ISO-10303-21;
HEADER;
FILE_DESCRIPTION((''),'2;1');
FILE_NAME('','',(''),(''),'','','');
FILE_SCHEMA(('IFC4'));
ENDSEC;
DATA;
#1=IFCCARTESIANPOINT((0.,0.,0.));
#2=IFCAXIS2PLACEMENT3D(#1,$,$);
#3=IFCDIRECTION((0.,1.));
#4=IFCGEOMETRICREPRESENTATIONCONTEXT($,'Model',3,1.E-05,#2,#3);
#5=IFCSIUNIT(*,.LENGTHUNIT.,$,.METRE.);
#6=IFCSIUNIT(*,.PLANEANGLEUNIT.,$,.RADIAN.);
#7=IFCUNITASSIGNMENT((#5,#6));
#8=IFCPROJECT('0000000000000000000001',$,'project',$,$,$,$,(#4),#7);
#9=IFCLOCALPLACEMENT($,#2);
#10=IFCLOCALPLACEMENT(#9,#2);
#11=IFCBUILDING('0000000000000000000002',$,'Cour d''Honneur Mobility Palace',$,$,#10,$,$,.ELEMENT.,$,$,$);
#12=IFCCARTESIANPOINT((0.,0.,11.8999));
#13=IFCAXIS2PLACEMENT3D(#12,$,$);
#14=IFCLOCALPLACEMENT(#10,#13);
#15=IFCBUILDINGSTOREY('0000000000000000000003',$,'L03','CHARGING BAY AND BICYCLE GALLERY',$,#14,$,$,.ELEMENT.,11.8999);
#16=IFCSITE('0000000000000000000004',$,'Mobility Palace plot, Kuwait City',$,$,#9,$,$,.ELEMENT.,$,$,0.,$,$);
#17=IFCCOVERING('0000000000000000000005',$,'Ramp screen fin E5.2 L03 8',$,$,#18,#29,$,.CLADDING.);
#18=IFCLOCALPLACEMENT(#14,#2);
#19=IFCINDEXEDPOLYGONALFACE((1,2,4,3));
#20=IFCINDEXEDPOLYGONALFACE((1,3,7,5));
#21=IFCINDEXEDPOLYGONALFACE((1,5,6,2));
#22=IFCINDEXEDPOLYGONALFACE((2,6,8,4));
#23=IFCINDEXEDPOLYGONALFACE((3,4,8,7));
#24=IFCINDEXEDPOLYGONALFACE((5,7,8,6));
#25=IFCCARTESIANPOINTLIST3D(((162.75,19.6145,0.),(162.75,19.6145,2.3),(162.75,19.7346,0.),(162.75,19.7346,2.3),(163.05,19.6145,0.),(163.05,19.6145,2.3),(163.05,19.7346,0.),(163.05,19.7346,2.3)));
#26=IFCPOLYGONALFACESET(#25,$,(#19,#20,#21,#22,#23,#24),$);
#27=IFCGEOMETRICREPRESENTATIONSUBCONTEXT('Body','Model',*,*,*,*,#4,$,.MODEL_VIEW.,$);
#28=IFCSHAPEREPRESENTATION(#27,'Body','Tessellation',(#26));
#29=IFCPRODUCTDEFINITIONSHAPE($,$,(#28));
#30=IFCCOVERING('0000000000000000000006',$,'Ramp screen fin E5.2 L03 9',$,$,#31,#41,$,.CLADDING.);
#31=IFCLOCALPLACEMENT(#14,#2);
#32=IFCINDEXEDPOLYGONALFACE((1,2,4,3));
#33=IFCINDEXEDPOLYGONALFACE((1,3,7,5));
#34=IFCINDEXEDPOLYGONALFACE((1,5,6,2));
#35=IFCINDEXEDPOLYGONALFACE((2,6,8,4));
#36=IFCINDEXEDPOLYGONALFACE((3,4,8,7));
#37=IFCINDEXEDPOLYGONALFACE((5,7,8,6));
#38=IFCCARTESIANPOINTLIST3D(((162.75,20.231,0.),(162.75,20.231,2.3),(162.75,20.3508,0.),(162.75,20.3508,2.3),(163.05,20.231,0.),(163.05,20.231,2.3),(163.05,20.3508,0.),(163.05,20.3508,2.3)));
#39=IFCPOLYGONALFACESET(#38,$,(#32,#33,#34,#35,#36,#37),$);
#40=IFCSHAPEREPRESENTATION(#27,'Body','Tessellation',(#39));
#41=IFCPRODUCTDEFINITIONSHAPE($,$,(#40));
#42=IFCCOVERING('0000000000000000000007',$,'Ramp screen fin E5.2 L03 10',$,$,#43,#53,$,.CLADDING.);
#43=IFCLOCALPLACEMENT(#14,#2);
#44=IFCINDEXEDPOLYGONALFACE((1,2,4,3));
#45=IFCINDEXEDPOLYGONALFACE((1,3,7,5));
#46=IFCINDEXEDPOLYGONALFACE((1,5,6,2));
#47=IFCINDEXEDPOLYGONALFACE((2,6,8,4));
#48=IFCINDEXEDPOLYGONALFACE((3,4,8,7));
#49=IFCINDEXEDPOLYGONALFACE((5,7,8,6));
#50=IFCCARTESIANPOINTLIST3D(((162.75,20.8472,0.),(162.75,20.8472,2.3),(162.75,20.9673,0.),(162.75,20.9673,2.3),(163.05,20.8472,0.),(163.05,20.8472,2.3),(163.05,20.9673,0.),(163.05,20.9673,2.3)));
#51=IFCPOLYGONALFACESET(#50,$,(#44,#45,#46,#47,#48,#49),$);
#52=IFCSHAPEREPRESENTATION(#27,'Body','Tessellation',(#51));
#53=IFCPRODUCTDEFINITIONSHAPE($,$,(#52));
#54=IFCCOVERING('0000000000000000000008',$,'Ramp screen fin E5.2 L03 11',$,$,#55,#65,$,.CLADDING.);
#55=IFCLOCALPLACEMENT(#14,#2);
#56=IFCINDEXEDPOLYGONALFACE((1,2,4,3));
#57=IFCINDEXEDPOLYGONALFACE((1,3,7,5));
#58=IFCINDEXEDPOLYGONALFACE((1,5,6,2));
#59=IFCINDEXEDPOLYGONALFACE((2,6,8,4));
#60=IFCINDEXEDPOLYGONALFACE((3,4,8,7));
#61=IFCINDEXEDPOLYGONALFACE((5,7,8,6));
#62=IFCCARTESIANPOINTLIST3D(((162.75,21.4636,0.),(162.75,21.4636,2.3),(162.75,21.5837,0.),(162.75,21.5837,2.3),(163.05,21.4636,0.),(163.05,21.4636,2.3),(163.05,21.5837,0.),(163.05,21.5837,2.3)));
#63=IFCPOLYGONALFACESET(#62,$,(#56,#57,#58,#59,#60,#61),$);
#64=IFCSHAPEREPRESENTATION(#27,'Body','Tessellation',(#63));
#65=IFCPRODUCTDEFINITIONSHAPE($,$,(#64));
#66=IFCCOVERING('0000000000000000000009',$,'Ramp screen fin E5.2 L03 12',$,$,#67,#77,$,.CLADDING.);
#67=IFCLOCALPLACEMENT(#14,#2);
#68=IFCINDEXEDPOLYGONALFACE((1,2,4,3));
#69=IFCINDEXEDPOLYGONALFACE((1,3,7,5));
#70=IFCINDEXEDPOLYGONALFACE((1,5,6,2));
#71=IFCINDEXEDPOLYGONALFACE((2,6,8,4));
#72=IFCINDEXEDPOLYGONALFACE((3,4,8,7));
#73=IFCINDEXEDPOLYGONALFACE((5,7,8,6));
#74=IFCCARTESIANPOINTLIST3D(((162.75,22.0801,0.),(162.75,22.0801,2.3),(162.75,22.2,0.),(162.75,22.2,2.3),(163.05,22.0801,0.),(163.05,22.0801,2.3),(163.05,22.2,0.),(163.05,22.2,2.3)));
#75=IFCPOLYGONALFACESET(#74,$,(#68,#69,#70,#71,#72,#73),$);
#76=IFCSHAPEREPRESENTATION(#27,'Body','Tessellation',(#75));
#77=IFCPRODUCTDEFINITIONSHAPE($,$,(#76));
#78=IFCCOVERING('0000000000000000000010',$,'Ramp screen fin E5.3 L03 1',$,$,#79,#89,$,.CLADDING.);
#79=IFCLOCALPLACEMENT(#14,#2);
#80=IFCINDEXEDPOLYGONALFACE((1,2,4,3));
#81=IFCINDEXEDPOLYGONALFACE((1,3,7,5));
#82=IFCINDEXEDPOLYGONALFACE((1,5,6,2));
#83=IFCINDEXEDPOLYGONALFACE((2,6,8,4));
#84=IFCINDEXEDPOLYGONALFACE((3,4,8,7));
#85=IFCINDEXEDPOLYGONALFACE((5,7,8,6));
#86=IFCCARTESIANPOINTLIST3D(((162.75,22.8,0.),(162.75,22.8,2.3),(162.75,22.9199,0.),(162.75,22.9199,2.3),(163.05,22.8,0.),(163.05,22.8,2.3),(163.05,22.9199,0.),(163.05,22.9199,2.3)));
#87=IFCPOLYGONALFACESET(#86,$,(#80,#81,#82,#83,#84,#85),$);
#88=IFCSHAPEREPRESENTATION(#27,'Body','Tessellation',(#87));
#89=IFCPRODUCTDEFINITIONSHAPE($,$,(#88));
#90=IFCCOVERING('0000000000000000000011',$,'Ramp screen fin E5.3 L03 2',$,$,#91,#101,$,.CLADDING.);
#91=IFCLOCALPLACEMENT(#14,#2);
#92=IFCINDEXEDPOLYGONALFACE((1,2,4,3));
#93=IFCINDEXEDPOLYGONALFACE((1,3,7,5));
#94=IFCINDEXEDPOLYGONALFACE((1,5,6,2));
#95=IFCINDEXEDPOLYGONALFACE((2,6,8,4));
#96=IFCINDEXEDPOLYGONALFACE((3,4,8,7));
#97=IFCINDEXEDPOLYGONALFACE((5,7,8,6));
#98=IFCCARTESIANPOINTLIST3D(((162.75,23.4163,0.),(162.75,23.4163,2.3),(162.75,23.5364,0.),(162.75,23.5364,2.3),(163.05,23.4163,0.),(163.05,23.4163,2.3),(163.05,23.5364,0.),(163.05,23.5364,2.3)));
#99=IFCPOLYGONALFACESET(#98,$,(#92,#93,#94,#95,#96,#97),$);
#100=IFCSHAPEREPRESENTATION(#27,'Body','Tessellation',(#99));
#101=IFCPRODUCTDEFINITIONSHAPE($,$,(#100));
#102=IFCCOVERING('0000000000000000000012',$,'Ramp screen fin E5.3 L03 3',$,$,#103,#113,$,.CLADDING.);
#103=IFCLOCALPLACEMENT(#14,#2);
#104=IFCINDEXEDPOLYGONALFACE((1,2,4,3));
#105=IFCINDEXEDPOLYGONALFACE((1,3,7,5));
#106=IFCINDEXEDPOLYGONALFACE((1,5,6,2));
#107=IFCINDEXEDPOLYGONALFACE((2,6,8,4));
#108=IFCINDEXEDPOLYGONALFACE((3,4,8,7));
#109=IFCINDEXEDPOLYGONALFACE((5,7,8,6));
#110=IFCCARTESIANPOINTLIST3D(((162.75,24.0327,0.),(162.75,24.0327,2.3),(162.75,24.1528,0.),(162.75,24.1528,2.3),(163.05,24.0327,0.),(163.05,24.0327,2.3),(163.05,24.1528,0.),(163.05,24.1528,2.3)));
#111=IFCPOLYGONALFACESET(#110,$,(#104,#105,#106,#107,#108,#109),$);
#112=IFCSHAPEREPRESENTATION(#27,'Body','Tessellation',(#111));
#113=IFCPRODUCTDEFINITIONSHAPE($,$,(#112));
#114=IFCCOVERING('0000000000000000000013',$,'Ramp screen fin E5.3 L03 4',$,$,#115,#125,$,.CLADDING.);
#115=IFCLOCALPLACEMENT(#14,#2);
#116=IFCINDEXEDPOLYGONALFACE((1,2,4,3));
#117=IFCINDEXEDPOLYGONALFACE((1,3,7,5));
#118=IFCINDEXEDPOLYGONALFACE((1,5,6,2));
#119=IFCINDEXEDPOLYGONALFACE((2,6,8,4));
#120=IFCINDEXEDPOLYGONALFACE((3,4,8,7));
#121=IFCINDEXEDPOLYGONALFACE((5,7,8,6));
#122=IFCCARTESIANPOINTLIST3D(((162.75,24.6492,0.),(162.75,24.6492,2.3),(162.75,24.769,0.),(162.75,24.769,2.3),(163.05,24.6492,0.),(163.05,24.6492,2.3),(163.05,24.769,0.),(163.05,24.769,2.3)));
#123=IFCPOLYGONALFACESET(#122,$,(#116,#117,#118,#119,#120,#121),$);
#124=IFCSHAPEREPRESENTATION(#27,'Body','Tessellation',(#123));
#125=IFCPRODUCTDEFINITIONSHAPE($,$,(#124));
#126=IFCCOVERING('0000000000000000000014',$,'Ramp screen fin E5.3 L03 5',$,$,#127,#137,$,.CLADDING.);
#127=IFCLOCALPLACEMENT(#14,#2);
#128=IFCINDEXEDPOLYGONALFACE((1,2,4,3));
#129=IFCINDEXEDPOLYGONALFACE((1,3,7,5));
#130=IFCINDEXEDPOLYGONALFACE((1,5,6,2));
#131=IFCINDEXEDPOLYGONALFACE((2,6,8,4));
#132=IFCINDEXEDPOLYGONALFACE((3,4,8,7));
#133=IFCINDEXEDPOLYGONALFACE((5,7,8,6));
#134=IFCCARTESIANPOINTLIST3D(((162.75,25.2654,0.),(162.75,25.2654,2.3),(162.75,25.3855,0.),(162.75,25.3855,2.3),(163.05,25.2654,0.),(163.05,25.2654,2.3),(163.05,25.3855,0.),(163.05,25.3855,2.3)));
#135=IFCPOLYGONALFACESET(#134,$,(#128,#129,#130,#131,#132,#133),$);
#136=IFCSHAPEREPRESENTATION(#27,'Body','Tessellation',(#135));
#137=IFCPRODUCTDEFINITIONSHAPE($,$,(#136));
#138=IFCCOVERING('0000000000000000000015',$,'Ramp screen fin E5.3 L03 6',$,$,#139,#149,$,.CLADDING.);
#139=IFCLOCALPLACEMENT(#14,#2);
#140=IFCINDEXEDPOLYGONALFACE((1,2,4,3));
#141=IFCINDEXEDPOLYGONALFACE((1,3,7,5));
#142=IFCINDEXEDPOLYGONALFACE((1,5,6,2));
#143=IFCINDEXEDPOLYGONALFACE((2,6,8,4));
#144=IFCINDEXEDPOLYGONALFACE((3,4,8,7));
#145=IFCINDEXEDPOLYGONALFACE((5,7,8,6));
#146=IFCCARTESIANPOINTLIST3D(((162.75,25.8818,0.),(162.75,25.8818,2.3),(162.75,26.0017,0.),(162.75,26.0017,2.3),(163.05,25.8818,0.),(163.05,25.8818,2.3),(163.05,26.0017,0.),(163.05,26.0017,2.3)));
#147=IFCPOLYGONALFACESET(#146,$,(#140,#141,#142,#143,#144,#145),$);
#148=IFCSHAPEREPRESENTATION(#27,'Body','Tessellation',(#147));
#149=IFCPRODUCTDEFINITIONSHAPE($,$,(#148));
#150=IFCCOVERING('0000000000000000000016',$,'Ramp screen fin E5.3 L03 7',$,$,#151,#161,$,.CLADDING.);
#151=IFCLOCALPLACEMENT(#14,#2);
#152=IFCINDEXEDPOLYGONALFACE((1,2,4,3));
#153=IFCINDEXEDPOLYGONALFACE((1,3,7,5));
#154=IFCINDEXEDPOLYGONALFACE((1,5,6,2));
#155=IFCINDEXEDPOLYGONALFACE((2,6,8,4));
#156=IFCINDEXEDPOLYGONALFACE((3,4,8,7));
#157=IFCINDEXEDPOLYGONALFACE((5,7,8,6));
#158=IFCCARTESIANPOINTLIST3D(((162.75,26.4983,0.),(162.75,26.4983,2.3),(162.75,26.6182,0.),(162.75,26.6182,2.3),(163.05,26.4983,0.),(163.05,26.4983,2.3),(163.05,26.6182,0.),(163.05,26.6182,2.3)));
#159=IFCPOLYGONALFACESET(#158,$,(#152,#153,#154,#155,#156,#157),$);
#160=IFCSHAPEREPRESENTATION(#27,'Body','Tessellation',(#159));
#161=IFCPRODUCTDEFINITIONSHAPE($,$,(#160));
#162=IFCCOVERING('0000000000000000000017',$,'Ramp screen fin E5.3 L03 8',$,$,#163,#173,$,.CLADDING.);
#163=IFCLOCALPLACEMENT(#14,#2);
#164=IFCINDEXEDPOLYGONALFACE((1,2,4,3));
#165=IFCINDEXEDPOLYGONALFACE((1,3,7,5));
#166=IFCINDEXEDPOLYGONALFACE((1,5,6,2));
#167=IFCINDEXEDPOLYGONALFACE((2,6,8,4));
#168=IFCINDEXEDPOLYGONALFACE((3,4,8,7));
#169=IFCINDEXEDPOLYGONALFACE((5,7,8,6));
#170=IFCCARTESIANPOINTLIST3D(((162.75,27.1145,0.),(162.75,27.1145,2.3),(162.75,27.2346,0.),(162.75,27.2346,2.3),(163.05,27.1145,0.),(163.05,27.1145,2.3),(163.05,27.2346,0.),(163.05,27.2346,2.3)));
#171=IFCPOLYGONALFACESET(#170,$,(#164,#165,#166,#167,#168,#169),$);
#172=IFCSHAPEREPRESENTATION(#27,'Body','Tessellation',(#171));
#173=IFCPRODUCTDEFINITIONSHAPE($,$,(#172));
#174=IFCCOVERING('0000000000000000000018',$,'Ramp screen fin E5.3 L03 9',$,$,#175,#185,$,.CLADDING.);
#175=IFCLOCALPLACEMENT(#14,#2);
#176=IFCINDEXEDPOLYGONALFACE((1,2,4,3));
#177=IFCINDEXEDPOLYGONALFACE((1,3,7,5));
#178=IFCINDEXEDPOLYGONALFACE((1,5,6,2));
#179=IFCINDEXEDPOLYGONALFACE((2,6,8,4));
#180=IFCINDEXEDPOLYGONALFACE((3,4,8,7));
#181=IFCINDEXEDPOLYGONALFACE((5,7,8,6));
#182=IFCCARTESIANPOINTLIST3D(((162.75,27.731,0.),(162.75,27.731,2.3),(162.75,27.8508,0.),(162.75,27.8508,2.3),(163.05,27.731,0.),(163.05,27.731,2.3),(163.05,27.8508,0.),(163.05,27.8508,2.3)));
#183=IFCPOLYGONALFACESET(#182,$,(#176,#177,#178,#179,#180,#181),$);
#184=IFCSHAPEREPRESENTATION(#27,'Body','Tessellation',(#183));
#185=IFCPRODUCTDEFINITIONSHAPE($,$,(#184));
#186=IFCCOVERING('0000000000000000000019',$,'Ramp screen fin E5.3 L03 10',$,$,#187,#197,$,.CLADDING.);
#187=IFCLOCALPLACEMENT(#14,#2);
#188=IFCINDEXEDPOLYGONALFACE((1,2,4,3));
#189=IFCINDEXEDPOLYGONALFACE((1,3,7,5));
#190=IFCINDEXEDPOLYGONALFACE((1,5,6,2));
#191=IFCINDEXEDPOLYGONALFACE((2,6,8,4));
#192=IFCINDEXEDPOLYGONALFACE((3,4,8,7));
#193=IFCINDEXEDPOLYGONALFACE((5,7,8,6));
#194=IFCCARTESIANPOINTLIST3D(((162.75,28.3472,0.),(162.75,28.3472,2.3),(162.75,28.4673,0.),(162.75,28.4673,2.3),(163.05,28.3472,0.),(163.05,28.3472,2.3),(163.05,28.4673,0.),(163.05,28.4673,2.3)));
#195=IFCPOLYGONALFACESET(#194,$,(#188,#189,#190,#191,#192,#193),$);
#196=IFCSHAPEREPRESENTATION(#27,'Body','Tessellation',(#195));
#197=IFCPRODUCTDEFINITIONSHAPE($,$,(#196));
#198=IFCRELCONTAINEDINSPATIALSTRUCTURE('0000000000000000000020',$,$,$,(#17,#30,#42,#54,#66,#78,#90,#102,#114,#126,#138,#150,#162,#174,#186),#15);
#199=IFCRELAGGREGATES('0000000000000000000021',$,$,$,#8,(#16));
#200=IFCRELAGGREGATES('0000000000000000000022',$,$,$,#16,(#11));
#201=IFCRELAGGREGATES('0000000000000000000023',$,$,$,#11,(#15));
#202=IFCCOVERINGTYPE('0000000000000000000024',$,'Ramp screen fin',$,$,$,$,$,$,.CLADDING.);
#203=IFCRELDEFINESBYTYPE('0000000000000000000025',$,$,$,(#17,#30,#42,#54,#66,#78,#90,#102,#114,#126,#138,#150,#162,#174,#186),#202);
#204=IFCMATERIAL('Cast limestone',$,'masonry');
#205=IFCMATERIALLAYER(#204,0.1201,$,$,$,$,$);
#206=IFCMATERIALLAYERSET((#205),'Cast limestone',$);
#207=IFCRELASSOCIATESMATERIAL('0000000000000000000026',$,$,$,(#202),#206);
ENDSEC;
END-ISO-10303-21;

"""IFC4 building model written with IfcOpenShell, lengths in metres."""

from ifc_helpers import new_model, si_unit, direction, frame, origin, place, context, subcontext, project, spatial, polyline, outline, extrude, material, layer, layer_set, type_object, element, save


model = new_model("IFC4")

# Units and contexts
model_context = context("Model", 3, precision=1e-05, world=origin(), true_north=direction((0.0, 1.0)))
body_context = subcontext(model_context, "Body", "Model", "MODEL_VIEW")
ifc_project = project(units=[si_unit("LENGTHUNIT", "METRE"), si_unit("PLANEANGLEUNIT", "RADIAN")], contexts=[model_context])

# Site, building, storey
site_placement = place(None, origin())
site = spatial("IfcSite", under=ifc_project, at=site_placement, Name="Mobility Palace plot, Kuwait City", CompositionType="ELEMENT", RefElevation=0.0)
building_placement = place(site_placement, origin())
building = spatial("IfcBuilding", under=site, at=building_placement, Name="Cour d'Honneur Mobility Palace", CompositionType="ELEMENT")
storey_placement = place(building_placement, frame((0.0, 0.0, 11.8999)))
storey = spatial("IfcBuildingStorey", under=building, at=storey_placement, Name="L03", Description="CHARGING BAY AND BICYCLE GALLERY", CompositionType="ELEMENT", Elevation=11.8999)

# Coverings
ifc_material = material(Name="Cast limestone", Category="masonry")
ifc_layer = layer(ifc_material, 0.1201)
ifc_layer_set = layer_set([ifc_layer], Name="Cast limestone")
covering_type = type_object("IfcCoveringType", Name="Ramp screen fin", PredefinedType="CLADDING", material=ifc_layer_set)
covering_1_placement = place(storey_placement, origin())
element("IfcCovering", 1, at=covering_1_placement, inside=storey, type_object=covering_type, Name="Ramp screen fin E5.2 L03 8", PredefinedType="CLADDING", context=body_context, shape_type="SweptSolid", body=[
    extrude(outline(polyline([(162.75, 19.6145), (162.75, 19.7346), (163.05, 19.7346), (163.05, 19.6145), (162.75, 19.6145)])), origin(), (0.0, 0.0, 1.0), 2.3),
])
covering_2_placement = place(storey_placement, origin())
element("IfcCovering", 2, at=covering_2_placement, inside=storey, type_object=covering_type, Name="Ramp screen fin E5.2 L03 9", PredefinedType="CLADDING", context=body_context, shape_type="SweptSolid", body=[
    extrude(outline(polyline([(162.75, 20.231), (162.75, 20.3508), (163.05, 20.3508), (163.05, 20.231), (162.75, 20.231)])), origin(), (0.0, 0.0, 1.0), 2.3),
])
covering_3_placement = place(storey_placement, origin())
element("IfcCovering", 3, at=covering_3_placement, inside=storey, type_object=covering_type, Name="Ramp screen fin E5.2 L03 10", PredefinedType="CLADDING", context=body_context, shape_type="SweptSolid", body=[
    extrude(outline(polyline([(162.75, 20.8472), (162.75, 20.9673), (163.05, 20.9673), (163.05, 20.8472), (162.75, 20.8472)])), origin(), (0.0, 0.0, 1.0), 2.3),
])
covering_4_placement = place(storey_placement, origin())
element("IfcCovering", 4, at=covering_4_placement, inside=storey, type_object=covering_type, Name="Ramp screen fin E5.2 L03 11", PredefinedType="CLADDING", context=body_context, shape_type="SweptSolid", body=[
    extrude(outline(polyline([(162.75, 21.4636), (162.75, 21.5837), (163.05, 21.5837), (163.05, 21.4636), (162.75, 21.4636)])), origin(), (0.0, 0.0, 1.0), 2.3),
])
covering_5_placement = place(storey_placement, origin())
element("IfcCovering", 5, at=covering_5_placement, inside=storey, type_object=covering_type, Name="Ramp screen fin E5.2 L03 12", PredefinedType="CLADDING", context=body_context, shape_type="SweptSolid", body=[
    extrude(outline(polyline([(162.75, 22.0801), (162.75, 22.2), (163.05, 22.2), (163.05, 22.0801), (162.75, 22.0801)])), origin(), (0.0, 0.0, 1.0), 2.3),
])
covering_6_placement = place(storey_placement, origin())
element("IfcCovering", 6, at=covering_6_placement, inside=storey, type_object=covering_type, Name="Ramp screen fin E5.3 L03 1", PredefinedType="CLADDING", context=body_context, shape_type="SweptSolid", body=[
    extrude(outline(polyline([(162.75, 22.8), (162.75, 22.9199), (163.05, 22.9199), (163.05, 22.8), (162.75, 22.8)])), origin(), (0.0, 0.0, 1.0), 2.3),
])
covering_7_placement = place(storey_placement, origin())
element("IfcCovering", 7, at=covering_7_placement, inside=storey, type_object=covering_type, Name="Ramp screen fin E5.3 L03 2", PredefinedType="CLADDING", context=body_context, shape_type="SweptSolid", body=[
    extrude(outline(polyline([(162.75, 23.4163), (162.75, 23.5364), (163.05, 23.5364), (163.05, 23.4163), (162.75, 23.4163)])), origin(), (0.0, 0.0, 1.0), 2.3),
])
covering_8_placement = place(storey_placement, origin())
element("IfcCovering", 8, at=covering_8_placement, inside=storey, type_object=covering_type, Name="Ramp screen fin E5.3 L03 3", PredefinedType="CLADDING", context=body_context, shape_type="SweptSolid", body=[
    extrude(outline(polyline([(162.75, 24.0327), (162.75, 24.1528), (163.05, 24.1528), (163.05, 24.0327), (162.75, 24.0327)])), origin(), (0.0, 0.0, 1.0), 2.3),
])
covering_9_placement = place(storey_placement, origin())
element("IfcCovering", 9, at=covering_9_placement, inside=storey, type_object=covering_type, Name="Ramp screen fin E5.3 L03 4", PredefinedType="CLADDING", context=body_context, shape_type="SweptSolid", body=[
    extrude(outline(polyline([(162.75, 24.6492), (162.75, 24.769), (163.05, 24.769), (163.05, 24.6492), (162.75, 24.6492)])), origin(), (0.0, 0.0, 1.0), 2.3),
])
covering_10_placement = place(storey_placement, origin())
element("IfcCovering", 10, at=covering_10_placement, inside=storey, type_object=covering_type, Name="Ramp screen fin E5.3 L03 5", PredefinedType="CLADDING", context=body_context, shape_type="SweptSolid", body=[
    extrude(outline(polyline([(162.75, 25.2654), (162.75, 25.3855), (163.05, 25.3855), (163.05, 25.2654), (162.75, 25.2654)])), origin(), (0.0, 0.0, 1.0), 2.3),
])
covering_11_placement = place(storey_placement, origin())
element("IfcCovering", 11, at=covering_11_placement, inside=storey, type_object=covering_type, Name="Ramp screen fin E5.3 L03 6", PredefinedType="CLADDING", context=body_context, shape_type="SweptSolid", body=[
    extrude(outline(polyline([(162.75, 25.8818), (162.75, 26.0017), (163.05, 26.0017), (163.05, 25.8818), (162.75, 25.8818)])), origin(), (0.0, 0.0, 1.0), 2.3),
])
covering_12_placement = place(storey_placement, origin())
element("IfcCovering", 12, at=covering_12_placement, inside=storey, type_object=covering_type, Name="Ramp screen fin E5.3 L03 7", PredefinedType="CLADDING", context=body_context, shape_type="SweptSolid", body=[
    extrude(outline(polyline([(162.75, 26.4983), (162.75, 26.6182), (163.05, 26.6182), (163.05, 26.4983), (162.75, 26.4983)])), origin(), (0.0, 0.0, 1.0), 2.3),
])
covering_13_placement = place(storey_placement, origin())
element("IfcCovering", 13, at=covering_13_placement, inside=storey, type_object=covering_type, Name="Ramp screen fin E5.3 L03 8", PredefinedType="CLADDING", context=body_context, shape_type="SweptSolid", body=[
    extrude(outline(polyline([(162.75, 27.1145), (162.75, 27.2346), (163.05, 27.2346), (163.05, 27.1145), (162.75, 27.1145)])), origin(), (0.0, 0.0, 1.0), 2.3),
])
covering_14_placement = place(storey_placement, origin())
element("IfcCovering", 14, at=covering_14_placement, inside=storey, type_object=covering_type, Name="Ramp screen fin E5.3 L03 9", PredefinedType="CLADDING", context=body_context, shape_type="SweptSolid", body=[
    extrude(outline(polyline([(162.75, 27.731), (162.75, 27.8508), (163.05, 27.8508), (163.05, 27.731), (162.75, 27.731)])), origin(), (0.0, 0.0, 1.0), 2.3),
])
covering_15_placement = place(storey_placement, origin())
element("IfcCovering", 15, at=covering_15_placement, inside=storey, type_object=covering_type, Name="Ramp screen fin E5.3 L03 10", PredefinedType="CLADDING", context=body_context, shape_type="SweptSolid", body=[
    extrude(outline(polyline([(162.75, 28.3472), (162.75, 28.4673), (163.05, 28.4673), (163.05, 28.3472), (162.75, 28.3472)])), origin(), (0.0, 0.0, 1.0), 2.3),
])

save(model, "model.ifc")
